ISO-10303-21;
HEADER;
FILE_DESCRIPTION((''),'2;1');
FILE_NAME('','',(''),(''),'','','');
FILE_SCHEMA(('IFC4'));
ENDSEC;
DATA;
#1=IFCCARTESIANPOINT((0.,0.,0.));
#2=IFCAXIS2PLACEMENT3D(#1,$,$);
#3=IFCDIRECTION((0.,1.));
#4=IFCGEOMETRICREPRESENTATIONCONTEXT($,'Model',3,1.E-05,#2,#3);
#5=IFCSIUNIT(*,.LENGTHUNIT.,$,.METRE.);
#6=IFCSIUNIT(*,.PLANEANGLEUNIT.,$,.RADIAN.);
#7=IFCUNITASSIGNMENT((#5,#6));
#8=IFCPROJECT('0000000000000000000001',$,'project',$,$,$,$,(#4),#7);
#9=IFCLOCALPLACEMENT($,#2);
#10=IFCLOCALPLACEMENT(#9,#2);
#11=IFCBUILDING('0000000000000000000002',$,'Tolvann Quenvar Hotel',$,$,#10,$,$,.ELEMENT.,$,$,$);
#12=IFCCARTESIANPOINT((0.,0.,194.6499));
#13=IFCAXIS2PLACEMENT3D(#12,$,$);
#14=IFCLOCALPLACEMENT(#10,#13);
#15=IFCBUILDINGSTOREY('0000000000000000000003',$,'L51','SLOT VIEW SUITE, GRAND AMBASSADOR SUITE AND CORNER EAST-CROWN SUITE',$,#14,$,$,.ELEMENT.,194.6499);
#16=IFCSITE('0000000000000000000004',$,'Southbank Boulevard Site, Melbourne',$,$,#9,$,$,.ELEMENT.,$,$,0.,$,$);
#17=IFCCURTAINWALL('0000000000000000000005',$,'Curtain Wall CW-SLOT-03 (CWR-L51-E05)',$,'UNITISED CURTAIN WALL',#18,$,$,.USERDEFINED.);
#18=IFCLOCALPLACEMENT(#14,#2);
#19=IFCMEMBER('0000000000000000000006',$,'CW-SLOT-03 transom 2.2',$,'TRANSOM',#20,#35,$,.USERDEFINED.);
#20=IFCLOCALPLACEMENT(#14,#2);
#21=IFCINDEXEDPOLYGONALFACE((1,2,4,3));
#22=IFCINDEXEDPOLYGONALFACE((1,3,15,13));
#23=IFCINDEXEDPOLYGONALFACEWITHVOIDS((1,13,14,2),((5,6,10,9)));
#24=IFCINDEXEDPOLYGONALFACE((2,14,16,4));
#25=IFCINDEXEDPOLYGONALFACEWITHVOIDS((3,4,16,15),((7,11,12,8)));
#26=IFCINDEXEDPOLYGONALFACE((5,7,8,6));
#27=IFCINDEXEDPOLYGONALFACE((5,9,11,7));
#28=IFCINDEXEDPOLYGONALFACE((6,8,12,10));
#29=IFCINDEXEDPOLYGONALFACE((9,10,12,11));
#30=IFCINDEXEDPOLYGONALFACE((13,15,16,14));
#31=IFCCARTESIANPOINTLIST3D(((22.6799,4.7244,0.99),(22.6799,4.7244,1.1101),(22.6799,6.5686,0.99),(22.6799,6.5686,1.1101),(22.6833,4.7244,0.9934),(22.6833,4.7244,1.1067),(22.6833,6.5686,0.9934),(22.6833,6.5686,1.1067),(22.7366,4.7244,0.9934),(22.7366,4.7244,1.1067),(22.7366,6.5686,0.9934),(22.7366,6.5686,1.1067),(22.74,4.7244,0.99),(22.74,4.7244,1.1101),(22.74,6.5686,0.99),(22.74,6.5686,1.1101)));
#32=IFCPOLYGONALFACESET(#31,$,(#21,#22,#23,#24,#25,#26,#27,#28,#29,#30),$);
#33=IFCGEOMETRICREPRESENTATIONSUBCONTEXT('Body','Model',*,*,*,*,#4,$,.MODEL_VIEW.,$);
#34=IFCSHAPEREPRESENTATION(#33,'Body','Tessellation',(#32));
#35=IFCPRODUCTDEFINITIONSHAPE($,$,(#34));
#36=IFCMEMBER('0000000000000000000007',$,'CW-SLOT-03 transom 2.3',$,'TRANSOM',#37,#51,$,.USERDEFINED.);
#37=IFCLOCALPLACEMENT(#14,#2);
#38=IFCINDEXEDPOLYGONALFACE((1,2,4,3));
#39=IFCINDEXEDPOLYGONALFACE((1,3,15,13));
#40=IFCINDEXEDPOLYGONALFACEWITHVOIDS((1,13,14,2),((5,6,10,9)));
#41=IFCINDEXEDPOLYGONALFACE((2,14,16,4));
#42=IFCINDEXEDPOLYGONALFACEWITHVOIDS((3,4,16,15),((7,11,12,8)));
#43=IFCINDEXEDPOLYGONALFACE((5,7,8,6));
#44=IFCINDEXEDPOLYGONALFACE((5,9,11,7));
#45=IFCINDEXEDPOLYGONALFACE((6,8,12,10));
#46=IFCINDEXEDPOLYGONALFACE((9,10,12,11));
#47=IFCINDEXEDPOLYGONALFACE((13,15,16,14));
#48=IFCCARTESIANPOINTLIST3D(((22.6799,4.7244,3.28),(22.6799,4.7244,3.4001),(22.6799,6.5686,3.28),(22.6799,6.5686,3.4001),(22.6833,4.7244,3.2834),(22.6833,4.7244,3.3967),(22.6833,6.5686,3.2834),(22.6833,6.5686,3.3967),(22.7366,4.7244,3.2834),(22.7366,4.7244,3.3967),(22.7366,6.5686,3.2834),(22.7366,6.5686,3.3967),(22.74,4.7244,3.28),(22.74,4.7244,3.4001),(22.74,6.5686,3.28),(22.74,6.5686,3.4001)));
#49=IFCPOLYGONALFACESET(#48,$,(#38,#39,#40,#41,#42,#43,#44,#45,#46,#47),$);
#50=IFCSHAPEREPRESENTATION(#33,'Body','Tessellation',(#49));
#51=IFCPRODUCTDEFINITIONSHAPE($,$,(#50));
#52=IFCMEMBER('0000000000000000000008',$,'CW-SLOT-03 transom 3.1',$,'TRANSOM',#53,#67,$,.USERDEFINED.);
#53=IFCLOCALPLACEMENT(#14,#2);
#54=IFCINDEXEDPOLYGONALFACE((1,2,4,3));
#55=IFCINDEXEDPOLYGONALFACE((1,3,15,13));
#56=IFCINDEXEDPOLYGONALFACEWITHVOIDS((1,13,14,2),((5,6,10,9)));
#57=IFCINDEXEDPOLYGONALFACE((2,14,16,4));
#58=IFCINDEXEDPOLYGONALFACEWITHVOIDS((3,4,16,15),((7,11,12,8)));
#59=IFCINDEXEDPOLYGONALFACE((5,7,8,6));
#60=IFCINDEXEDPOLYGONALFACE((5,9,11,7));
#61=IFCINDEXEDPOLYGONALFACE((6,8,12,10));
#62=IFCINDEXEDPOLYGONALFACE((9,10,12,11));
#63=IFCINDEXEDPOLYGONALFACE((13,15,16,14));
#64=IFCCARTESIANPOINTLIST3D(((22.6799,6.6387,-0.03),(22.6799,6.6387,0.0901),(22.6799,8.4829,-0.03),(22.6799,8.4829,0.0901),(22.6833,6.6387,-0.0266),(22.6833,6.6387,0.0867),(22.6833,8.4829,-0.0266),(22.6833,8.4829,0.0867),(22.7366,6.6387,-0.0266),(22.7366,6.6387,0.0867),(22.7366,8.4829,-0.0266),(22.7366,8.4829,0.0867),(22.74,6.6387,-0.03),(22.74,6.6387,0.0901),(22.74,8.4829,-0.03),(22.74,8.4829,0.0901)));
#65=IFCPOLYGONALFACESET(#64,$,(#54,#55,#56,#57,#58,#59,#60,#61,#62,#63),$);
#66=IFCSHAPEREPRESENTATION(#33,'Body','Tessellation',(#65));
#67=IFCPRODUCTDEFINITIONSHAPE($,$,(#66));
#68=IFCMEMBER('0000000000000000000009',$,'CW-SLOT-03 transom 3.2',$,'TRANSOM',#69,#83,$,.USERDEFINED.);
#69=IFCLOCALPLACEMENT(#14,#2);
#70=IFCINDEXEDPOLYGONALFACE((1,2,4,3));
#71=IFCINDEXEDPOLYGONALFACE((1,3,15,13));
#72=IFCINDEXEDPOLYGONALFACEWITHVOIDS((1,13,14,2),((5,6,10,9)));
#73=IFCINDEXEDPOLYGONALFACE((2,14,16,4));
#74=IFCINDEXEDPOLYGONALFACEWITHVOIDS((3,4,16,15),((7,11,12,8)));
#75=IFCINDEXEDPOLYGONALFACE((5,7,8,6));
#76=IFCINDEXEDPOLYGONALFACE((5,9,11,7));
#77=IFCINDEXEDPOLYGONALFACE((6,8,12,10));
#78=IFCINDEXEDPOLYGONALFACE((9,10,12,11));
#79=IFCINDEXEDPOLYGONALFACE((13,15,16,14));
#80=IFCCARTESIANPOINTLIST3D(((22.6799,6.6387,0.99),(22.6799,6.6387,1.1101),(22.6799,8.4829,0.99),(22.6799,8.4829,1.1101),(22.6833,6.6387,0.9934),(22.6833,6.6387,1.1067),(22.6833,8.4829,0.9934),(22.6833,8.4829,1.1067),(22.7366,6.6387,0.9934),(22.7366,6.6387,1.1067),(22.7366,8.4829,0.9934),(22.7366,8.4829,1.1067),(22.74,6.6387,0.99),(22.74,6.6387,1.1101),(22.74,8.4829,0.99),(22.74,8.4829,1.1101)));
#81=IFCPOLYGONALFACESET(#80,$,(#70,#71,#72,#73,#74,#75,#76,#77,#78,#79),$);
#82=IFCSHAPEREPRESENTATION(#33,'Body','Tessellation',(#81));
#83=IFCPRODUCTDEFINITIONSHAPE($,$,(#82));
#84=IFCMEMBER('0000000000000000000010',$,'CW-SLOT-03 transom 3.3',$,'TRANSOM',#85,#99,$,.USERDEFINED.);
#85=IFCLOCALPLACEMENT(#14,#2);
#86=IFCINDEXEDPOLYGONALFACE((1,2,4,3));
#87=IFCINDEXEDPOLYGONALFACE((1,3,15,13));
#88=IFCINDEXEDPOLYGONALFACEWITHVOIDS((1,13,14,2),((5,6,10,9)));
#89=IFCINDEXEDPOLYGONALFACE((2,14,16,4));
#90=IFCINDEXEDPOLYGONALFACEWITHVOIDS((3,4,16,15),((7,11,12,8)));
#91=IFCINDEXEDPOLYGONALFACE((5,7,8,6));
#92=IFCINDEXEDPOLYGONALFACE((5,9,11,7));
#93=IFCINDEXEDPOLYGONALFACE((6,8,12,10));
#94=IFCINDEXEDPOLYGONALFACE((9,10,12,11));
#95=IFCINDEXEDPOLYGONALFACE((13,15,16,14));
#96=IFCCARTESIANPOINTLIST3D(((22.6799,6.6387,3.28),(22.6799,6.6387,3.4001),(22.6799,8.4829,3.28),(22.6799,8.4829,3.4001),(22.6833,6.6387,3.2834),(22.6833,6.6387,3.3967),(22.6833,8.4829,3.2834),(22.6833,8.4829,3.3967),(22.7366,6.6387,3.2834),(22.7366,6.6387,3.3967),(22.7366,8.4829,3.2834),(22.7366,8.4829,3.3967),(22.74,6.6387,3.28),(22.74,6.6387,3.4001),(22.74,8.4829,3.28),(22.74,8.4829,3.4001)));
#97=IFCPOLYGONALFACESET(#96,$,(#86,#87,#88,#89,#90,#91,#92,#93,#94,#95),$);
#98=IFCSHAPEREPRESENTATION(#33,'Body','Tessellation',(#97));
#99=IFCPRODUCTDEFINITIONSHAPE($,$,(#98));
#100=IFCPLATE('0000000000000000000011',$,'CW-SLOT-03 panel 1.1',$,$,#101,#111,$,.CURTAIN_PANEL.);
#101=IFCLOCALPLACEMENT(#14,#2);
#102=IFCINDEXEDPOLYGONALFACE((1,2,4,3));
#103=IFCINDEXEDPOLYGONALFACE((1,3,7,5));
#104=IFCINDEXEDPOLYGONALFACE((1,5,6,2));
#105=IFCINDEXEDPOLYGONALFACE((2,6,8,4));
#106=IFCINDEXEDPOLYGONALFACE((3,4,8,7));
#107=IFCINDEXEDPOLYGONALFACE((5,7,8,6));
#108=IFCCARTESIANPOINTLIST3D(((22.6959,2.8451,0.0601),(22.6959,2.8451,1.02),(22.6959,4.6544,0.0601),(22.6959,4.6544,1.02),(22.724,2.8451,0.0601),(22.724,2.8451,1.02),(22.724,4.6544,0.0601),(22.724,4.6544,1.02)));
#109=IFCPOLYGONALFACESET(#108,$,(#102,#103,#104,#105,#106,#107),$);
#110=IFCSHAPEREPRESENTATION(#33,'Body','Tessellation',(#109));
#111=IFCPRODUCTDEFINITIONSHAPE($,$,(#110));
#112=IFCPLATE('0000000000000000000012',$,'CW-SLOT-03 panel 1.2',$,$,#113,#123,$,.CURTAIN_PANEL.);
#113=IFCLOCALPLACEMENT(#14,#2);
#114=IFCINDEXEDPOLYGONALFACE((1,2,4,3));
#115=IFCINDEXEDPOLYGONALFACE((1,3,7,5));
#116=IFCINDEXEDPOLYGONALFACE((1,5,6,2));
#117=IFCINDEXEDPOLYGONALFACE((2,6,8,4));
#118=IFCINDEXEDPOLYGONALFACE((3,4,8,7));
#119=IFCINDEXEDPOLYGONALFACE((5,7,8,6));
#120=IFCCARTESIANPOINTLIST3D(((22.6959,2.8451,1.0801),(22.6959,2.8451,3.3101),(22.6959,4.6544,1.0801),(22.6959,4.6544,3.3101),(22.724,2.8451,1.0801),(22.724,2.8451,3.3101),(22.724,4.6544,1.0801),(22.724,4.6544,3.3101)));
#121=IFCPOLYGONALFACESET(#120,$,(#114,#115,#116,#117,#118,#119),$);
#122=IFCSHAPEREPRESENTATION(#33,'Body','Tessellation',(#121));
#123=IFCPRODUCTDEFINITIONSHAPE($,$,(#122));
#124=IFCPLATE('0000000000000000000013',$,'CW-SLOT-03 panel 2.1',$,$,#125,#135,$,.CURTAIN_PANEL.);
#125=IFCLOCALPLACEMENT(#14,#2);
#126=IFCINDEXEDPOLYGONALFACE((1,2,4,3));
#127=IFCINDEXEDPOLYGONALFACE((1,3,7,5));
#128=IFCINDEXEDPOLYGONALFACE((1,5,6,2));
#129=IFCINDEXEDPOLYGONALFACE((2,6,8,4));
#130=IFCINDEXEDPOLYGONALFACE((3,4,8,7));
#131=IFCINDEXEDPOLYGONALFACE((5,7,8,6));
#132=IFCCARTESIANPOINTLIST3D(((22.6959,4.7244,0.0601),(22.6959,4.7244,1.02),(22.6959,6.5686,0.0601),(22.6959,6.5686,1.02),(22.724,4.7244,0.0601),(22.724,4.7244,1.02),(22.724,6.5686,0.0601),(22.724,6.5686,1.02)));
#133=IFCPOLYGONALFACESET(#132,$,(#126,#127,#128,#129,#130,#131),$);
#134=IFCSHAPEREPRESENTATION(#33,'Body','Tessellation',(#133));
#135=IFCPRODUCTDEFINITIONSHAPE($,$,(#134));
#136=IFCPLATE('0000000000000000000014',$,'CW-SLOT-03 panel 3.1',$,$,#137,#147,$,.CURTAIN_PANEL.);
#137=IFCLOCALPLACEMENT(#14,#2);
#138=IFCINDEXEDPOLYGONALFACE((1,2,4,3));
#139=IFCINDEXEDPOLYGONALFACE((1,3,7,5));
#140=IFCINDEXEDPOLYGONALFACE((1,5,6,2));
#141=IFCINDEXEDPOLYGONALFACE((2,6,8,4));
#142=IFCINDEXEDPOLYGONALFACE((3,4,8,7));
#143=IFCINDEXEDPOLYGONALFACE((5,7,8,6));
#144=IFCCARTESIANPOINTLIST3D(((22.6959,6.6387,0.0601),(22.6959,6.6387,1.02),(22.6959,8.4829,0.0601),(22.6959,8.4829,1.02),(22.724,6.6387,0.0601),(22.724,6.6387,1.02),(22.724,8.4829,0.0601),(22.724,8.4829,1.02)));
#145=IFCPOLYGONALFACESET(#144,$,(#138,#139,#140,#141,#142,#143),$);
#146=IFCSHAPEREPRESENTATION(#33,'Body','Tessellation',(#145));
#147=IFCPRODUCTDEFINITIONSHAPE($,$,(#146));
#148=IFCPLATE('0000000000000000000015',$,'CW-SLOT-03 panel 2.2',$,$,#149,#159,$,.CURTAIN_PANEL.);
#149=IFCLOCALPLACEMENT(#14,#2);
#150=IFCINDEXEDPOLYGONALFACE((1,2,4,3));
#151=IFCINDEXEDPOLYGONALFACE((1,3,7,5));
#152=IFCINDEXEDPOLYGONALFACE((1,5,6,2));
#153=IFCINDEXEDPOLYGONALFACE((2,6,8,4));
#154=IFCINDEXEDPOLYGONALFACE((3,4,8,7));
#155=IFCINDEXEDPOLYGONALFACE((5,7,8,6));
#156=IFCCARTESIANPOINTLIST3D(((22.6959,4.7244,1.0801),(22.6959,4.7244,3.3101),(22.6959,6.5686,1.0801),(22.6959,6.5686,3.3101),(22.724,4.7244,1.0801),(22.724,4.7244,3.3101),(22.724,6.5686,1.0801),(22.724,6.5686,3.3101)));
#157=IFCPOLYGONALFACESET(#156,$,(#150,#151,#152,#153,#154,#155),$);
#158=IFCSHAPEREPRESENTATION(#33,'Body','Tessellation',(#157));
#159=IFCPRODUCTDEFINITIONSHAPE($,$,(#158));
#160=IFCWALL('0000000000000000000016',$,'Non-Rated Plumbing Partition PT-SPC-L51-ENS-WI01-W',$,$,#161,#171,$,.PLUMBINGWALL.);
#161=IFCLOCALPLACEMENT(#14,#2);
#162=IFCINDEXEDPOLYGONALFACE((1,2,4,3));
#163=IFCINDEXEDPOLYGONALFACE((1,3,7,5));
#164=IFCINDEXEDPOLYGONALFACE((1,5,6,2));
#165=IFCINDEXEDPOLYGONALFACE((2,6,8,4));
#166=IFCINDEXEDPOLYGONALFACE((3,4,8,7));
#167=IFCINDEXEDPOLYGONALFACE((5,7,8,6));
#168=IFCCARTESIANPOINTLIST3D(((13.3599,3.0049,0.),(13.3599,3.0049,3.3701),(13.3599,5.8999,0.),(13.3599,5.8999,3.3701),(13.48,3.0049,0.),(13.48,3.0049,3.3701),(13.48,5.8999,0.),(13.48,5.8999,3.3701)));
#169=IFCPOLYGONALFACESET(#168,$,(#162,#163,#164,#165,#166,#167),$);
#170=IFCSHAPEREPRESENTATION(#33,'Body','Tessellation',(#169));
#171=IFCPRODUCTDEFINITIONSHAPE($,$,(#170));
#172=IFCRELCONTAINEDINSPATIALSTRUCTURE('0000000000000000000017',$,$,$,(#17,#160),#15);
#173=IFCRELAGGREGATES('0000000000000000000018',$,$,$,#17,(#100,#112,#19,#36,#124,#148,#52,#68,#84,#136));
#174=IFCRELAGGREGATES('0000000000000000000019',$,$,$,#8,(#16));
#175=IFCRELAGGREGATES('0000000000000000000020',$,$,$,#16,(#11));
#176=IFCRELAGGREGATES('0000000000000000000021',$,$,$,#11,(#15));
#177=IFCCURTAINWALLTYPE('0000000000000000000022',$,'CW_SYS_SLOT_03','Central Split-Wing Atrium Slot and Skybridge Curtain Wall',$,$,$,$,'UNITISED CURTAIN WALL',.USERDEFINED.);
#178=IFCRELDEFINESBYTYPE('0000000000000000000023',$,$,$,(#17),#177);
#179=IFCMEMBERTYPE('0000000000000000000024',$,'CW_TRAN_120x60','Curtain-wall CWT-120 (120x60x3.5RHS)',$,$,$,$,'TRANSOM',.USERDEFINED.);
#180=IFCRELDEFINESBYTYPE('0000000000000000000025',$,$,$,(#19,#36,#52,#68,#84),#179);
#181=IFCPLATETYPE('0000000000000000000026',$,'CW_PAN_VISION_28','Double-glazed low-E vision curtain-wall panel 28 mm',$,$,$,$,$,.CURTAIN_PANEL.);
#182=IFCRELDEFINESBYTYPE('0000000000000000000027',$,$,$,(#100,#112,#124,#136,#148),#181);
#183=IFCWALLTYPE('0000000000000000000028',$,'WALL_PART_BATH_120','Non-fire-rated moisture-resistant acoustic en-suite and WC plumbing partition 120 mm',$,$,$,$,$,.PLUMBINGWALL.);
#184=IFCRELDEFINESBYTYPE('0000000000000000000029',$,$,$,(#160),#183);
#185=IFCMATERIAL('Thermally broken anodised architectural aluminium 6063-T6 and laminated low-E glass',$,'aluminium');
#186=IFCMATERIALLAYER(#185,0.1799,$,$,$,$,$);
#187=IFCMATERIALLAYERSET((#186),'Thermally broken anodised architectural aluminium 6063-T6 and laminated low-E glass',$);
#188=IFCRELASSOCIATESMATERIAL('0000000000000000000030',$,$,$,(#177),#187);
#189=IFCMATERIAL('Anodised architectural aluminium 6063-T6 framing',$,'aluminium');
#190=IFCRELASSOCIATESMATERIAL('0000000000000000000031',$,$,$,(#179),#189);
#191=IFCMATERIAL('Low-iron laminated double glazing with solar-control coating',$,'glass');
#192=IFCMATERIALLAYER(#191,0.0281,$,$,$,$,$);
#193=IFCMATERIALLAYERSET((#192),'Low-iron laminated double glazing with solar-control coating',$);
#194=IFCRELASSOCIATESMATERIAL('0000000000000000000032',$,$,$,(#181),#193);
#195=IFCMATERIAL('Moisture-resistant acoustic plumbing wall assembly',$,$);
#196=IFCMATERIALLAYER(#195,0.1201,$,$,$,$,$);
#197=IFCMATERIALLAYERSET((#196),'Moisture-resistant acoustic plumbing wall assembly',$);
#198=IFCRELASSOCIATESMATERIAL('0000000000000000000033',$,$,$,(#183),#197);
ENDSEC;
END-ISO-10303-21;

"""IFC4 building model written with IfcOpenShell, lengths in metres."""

from ifc_helpers import new_model, si_unit, direction, frame, frame_2d, origin, origin_2d, place, context, subcontext, project, spatial, rectangle, hollow_rectangle, extrude, source, transform, mapped, material, layer, layer_set, material_profile, profile_set, type_object, type_shapes, element, aggregate, save


model = new_model("IFC4")

# Units and contexts
model_context = context("Model", 3, precision=1e-05, world=origin(), true_north=direction((0.0, 1.0)))
body_context = subcontext(model_context, "Body", "Model", "MODEL_VIEW")
ifc_project = project(units=[si_unit("LENGTHUNIT", "METRE"), si_unit("PLANEANGLEUNIT", "RADIAN")], contexts=[model_context])

# Site, building, storey
site_placement = place(None, origin())
site = spatial("IfcSite", under=ifc_project, at=site_placement, Name="Southbank Boulevard Site, Melbourne", CompositionType="ELEMENT", RefElevation=0.0)
building_placement = place(site_placement, origin())
building = spatial("IfcBuilding", under=site, at=building_placement, Name="Tolvann Quenvar Hotel", CompositionType="ELEMENT")
storey_placement = place(building_placement, frame((0.0, 0.0, 194.6499)))
storey = spatial("IfcBuildingStorey", under=building, at=storey_placement, Name="L51", Description="SLOT VIEW SUITE, GRAND AMBASSADOR SUITE AND CORNER EAST-CROWN SUITE", CompositionType="ELEMENT", Elevation=194.6499)

# Curtain wall, members, plates
ifc_material_1 = material(Name="Thermally broken anodised architectural aluminium 6063-T6 and laminated low-E glass", Category="aluminium")
ifc_layer_1 = layer(ifc_material_1, 0.1799)
ifc_layer_set_1 = layer_set([ifc_layer_1], Name="Thermally broken anodised architectural aluminium 6063-T6 and laminated low-E glass")
curtain_wall_type = type_object("IfcCurtainWallType", Name="CW_SYS_SLOT_03", Description="Central Split-Wing Atrium Slot and Skybridge Curtain Wall", ElementType="UNITISED CURTAIN WALL", PredefinedType="USERDEFINED", material=ifc_layer_set_1)
curtain_wall_placement = place(storey_placement, origin())
curtain_wall = element("IfcCurtainWall", 1, at=curtain_wall_placement, inside=storey, type_object=curtain_wall_type, Name="Curtain Wall CW-SLOT-03 (CWR-L51-E05)", ObjectType="UNITISED CURTAIN WALL", PredefinedType="USERDEFINED")
ifc_material_2 = material(Name="Anodised architectural aluminium 6063-T6 framing", Category="aluminium")
ifc_material_profile_1 = material_profile(ifc_material_2, hollow_rectangle(XDim=0.0601, YDim=0.1201, WallThickness=0.0034, at=origin_2d()), Name="120x60x3.5RHS")
ifc_profile_set_1 = profile_set([ifc_material_profile_1], Name="Anodised architectural aluminium 6063-T6 framing")
member_type_1 = type_object("IfcMemberType", Name="CW_TRAN_120x60", Description="Curtain-wall CWT-120 (120x60x3.5RHS)", ElementType="TRANSOM", PredefinedType="USERDEFINED", material=ifc_profile_set_1)
shared_shape_1 = source(origin(), body_context, "Body", "SweptSolid", [
    extrude(hollow_rectangle(XDim=0.0601, YDim=0.1201, WallThickness=0.0034, at=origin_2d()), origin(), (0.0, 0.0, 1.0), 1.8442),
])
member_1_placement = place(storey_placement, frame((22.71, 4.7244, 1.05), z_axis=(0.0, 1.0, 0.0), x_axis=(-1.0, 0.0, 0.0)))
member_1 = element("IfcMember", 2, at=member_1_placement, type_object=member_type_1, Name="CW-SLOT-03 transom 2.2", ObjectType="TRANSOM", PredefinedType="USERDEFINED", context=body_context, shape_type="MappedRepresentation", body=[
    mapped(shared_shape_1, transform((0.0, 0.0, 0.0), x_axis=(1.0, 0.0, 0.0), y_axis=(0.0, 1.0, 0.0), z_axis=(0.0, 0.0, 1.0), scale=1.0)),
])
member_2_placement = place(storey_placement, frame((22.71, 4.7244, 3.3401), z_axis=(0.0, 1.0, 0.0), x_axis=(-1.0, 0.0, 0.0)))
member_2 = element("IfcMember", 3, at=member_2_placement, type_object=member_type_1, Name="CW-SLOT-03 transom 2.3", ObjectType="TRANSOM", PredefinedType="USERDEFINED", context=body_context, shape_type="MappedRepresentation", body=[
    mapped(shared_shape_1, transform((0.0, 0.0, 0.0), x_axis=(1.0, 0.0, 0.0), y_axis=(0.0, 1.0, 0.0), z_axis=(0.0, 0.0, 1.0), scale=1.0)),
])
member_3_placement = place(storey_placement, frame((22.71, 6.6387, 0.03), z_axis=(0.0, 1.0, 0.0), x_axis=(-1.0, 0.0, 0.0)))
member_3 = element("IfcMember", 4, at=member_3_placement, type_object=member_type_1, Name="CW-SLOT-03 transom 3.1", ObjectType="TRANSOM", PredefinedType="USERDEFINED", context=body_context, shape_type="MappedRepresentation", body=[
    mapped(shared_shape_1, transform((0.0, 0.0, 0.0), x_axis=(1.0, 0.0, 0.0), y_axis=(0.0, 1.0, 0.0), z_axis=(0.0, 0.0, 1.0), scale=1.0)),
])
member_4_placement = place(storey_placement, frame((22.71, 6.6387, 1.05), z_axis=(0.0, 1.0, 0.0), x_axis=(-1.0, 0.0, 0.0)))
member_4 = element("IfcMember", 5, at=member_4_placement, type_object=member_type_1, Name="CW-SLOT-03 transom 3.2", ObjectType="TRANSOM", PredefinedType="USERDEFINED", context=body_context, shape_type="MappedRepresentation", body=[
    mapped(shared_shape_1, transform((0.0, 0.0, 0.0), x_axis=(1.0, 0.0, 0.0), y_axis=(0.0, 1.0, 0.0), z_axis=(0.0, 0.0, 1.0), scale=1.0)),
])
member_5_placement = place(storey_placement, frame((22.71, 6.6387, 3.3401), z_axis=(0.0, 1.0, 0.0), x_axis=(-1.0, 0.0, 0.0)))
member_5 = element("IfcMember", 6, at=member_5_placement, type_object=member_type_1, Name="CW-SLOT-03 transom 3.3", ObjectType="TRANSOM", PredefinedType="USERDEFINED", context=body_context, shape_type="MappedRepresentation", body=[
    mapped(shared_shape_1, transform((0.0, 0.0, 0.0), x_axis=(1.0, 0.0, 0.0), y_axis=(0.0, 1.0, 0.0), z_axis=(0.0, 0.0, 1.0), scale=1.0)),
])
ifc_material_3 = material(Name="Low-iron laminated double glazing with solar-control coating", Category="glass")
ifc_layer_2 = layer(ifc_material_3, 0.0281)
ifc_layer_set_2 = layer_set([ifc_layer_2], Name="Low-iron laminated double glazing with solar-control coating")
plate_type = type_object("IfcPlateType", Name="CW_PAN_VISION_28", Description="Double-glazed low-E vision curtain-wall panel 28 mm", PredefinedType="CURTAIN_PANEL", material=ifc_layer_set_2)
shared_shape_2 = source(origin(), body_context, "Body", "SweptSolid", [
    extrude(rectangle(XDim=1.8093, YDim=0.0281, at=origin_2d()), origin(), (0.0, 0.0, 1.0), 0.96),
])
plate_1_placement = place(storey_placement, frame((22.71, 3.7498, 0.0601), z_axis=(0.0, 0.0, 1.0), x_axis=(0.0, 1.0, 0.0)))
plate_1 = element("IfcPlate", 7, at=plate_1_placement, type_object=plate_type, Name="CW-SLOT-03 panel 1.1", PredefinedType="CURTAIN_PANEL", context=body_context, shape_type="MappedRepresentation", body=[
    mapped(shared_shape_2, transform((0.0, 0.0, 0.0), x_axis=(1.0, 0.0, 0.0), y_axis=(0.0, 1.0, 0.0), z_axis=(0.0, 0.0, 1.0), scale=1.0)),
])
shared_shape_3 = source(origin(), body_context, "Body", "SweptSolid", [
    extrude(rectangle(XDim=1.8093, YDim=0.0281, at=origin_2d()), origin(), (0.0, 0.0, 1.0), 2.23),
])
plate_2_placement = place(storey_placement, frame((22.71, 3.7498, 1.0801), z_axis=(0.0, 0.0, 1.0), x_axis=(0.0, 1.0, 0.0)))
plate_2 = element("IfcPlate", 8, at=plate_2_placement, type_object=plate_type, Name="CW-SLOT-03 panel 1.2", PredefinedType="CURTAIN_PANEL", context=body_context, shape_type="MappedRepresentation", body=[
    mapped(shared_shape_3, transform((0.0, 0.0, 0.0), x_axis=(1.0, 0.0, 0.0), y_axis=(0.0, 1.0, 0.0), z_axis=(0.0, 0.0, 1.0), scale=1.0)),
])
shared_shape_4 = source(origin(), body_context, "Body", "SweptSolid", [
    extrude(rectangle(XDim=1.8442, YDim=0.0281, at=origin_2d()), origin(), (0.0, 0.0, 1.0), 0.96),
])
plate_3_placement = place(storey_placement, frame((22.71, 5.6465, 0.0601), z_axis=(0.0, 0.0, 1.0), x_axis=(0.0, 1.0, 0.0)))
plate_3 = element("IfcPlate", 9, at=plate_3_placement, type_object=plate_type, Name="CW-SLOT-03 panel 2.1", PredefinedType="CURTAIN_PANEL", context=body_context, shape_type="MappedRepresentation", body=[
    mapped(shared_shape_4, transform((0.0, 0.0, 0.0), x_axis=(1.0, 0.0, 0.0), y_axis=(0.0, 1.0, 0.0), z_axis=(0.0, 0.0, 1.0), scale=1.0)),
])
plate_4_placement = place(storey_placement, frame((22.71, 7.5608, 0.0601), z_axis=(0.0, 0.0, 1.0), x_axis=(0.0, 1.0, 0.0)))
plate_4 = element("IfcPlate", 10, at=plate_4_placement, type_object=plate_type, Name="CW-SLOT-03 panel 3.1", PredefinedType="CURTAIN_PANEL", context=body_context, shape_type="MappedRepresentation", body=[
    mapped(shared_shape_4, transform((0.0, 0.0, 0.0), x_axis=(1.0, 0.0, 0.0), y_axis=(0.0, 1.0, 0.0), z_axis=(0.0, 0.0, 1.0), scale=1.0)),
])
shared_shape_5 = source(origin(), body_context, "Body", "SweptSolid", [
    extrude(rectangle(XDim=1.8442, YDim=0.0281, at=origin_2d()), origin(), (0.0, 0.0, 1.0), 2.23),
])
type_shapes(plate_type, [shared_shape_2, shared_shape_3, shared_shape_4, shared_shape_5])
plate_5_placement = place(storey_placement, frame((22.71, 5.6465, 1.0801), z_axis=(0.0, 0.0, 1.0), x_axis=(0.0, 1.0, 0.0)))
plate_5 = element("IfcPlate", 11, at=plate_5_placement, type_object=plate_type, Name="CW-SLOT-03 panel 2.2", PredefinedType="CURTAIN_PANEL", context=body_context, shape_type="MappedRepresentation", body=[
    mapped(shared_shape_5, transform((0.0, 0.0, 0.0), x_axis=(1.0, 0.0, 0.0), y_axis=(0.0, 1.0, 0.0), z_axis=(0.0, 0.0, 1.0), scale=1.0)),
])
aggregate(curtain_wall, [plate_1, plate_2, member_1, member_2, plate_3, plate_5, member_3, member_4, member_5, plate_4])

# Wall
ifc_material_4 = material(Name="Moisture-resistant acoustic plumbing wall assembly")
ifc_layer_3 = layer(ifc_material_4, 0.1201)
ifc_layer_set_3 = layer_set([ifc_layer_3], Name="Moisture-resistant acoustic plumbing wall assembly")
wall_type_1 = type_object("IfcWallType", Name="WALL_PART_BATH_120", Description="Non-fire-rated moisture-resistant acoustic en-suite and WC plumbing partition 120 mm", PredefinedType="PLUMBINGWALL", material=ifc_layer_set_3)
wall_1_placement = place(storey_placement, frame((13.4199, 3.0049, 0.0), z_axis=(0.0, 0.0, 1.0), x_axis=(0.0, 1.0, 0.0)))
element("IfcWall", 12, at=wall_1_placement, inside=storey, type_object=wall_type_1, Name="Non-Rated Plumbing Partition PT-SPC-L51-ENS-WI01-W", PredefinedType="PLUMBINGWALL", context=body_context, shape_type="SweptSolid", body=[
    extrude(rectangle(XDim=2.895, YDim=0.1201, at=frame_2d((1.4475, 0.0))), origin(), (0.0, 0.0, 1.0), 3.3701),
])

save(model, "model.ifc")
